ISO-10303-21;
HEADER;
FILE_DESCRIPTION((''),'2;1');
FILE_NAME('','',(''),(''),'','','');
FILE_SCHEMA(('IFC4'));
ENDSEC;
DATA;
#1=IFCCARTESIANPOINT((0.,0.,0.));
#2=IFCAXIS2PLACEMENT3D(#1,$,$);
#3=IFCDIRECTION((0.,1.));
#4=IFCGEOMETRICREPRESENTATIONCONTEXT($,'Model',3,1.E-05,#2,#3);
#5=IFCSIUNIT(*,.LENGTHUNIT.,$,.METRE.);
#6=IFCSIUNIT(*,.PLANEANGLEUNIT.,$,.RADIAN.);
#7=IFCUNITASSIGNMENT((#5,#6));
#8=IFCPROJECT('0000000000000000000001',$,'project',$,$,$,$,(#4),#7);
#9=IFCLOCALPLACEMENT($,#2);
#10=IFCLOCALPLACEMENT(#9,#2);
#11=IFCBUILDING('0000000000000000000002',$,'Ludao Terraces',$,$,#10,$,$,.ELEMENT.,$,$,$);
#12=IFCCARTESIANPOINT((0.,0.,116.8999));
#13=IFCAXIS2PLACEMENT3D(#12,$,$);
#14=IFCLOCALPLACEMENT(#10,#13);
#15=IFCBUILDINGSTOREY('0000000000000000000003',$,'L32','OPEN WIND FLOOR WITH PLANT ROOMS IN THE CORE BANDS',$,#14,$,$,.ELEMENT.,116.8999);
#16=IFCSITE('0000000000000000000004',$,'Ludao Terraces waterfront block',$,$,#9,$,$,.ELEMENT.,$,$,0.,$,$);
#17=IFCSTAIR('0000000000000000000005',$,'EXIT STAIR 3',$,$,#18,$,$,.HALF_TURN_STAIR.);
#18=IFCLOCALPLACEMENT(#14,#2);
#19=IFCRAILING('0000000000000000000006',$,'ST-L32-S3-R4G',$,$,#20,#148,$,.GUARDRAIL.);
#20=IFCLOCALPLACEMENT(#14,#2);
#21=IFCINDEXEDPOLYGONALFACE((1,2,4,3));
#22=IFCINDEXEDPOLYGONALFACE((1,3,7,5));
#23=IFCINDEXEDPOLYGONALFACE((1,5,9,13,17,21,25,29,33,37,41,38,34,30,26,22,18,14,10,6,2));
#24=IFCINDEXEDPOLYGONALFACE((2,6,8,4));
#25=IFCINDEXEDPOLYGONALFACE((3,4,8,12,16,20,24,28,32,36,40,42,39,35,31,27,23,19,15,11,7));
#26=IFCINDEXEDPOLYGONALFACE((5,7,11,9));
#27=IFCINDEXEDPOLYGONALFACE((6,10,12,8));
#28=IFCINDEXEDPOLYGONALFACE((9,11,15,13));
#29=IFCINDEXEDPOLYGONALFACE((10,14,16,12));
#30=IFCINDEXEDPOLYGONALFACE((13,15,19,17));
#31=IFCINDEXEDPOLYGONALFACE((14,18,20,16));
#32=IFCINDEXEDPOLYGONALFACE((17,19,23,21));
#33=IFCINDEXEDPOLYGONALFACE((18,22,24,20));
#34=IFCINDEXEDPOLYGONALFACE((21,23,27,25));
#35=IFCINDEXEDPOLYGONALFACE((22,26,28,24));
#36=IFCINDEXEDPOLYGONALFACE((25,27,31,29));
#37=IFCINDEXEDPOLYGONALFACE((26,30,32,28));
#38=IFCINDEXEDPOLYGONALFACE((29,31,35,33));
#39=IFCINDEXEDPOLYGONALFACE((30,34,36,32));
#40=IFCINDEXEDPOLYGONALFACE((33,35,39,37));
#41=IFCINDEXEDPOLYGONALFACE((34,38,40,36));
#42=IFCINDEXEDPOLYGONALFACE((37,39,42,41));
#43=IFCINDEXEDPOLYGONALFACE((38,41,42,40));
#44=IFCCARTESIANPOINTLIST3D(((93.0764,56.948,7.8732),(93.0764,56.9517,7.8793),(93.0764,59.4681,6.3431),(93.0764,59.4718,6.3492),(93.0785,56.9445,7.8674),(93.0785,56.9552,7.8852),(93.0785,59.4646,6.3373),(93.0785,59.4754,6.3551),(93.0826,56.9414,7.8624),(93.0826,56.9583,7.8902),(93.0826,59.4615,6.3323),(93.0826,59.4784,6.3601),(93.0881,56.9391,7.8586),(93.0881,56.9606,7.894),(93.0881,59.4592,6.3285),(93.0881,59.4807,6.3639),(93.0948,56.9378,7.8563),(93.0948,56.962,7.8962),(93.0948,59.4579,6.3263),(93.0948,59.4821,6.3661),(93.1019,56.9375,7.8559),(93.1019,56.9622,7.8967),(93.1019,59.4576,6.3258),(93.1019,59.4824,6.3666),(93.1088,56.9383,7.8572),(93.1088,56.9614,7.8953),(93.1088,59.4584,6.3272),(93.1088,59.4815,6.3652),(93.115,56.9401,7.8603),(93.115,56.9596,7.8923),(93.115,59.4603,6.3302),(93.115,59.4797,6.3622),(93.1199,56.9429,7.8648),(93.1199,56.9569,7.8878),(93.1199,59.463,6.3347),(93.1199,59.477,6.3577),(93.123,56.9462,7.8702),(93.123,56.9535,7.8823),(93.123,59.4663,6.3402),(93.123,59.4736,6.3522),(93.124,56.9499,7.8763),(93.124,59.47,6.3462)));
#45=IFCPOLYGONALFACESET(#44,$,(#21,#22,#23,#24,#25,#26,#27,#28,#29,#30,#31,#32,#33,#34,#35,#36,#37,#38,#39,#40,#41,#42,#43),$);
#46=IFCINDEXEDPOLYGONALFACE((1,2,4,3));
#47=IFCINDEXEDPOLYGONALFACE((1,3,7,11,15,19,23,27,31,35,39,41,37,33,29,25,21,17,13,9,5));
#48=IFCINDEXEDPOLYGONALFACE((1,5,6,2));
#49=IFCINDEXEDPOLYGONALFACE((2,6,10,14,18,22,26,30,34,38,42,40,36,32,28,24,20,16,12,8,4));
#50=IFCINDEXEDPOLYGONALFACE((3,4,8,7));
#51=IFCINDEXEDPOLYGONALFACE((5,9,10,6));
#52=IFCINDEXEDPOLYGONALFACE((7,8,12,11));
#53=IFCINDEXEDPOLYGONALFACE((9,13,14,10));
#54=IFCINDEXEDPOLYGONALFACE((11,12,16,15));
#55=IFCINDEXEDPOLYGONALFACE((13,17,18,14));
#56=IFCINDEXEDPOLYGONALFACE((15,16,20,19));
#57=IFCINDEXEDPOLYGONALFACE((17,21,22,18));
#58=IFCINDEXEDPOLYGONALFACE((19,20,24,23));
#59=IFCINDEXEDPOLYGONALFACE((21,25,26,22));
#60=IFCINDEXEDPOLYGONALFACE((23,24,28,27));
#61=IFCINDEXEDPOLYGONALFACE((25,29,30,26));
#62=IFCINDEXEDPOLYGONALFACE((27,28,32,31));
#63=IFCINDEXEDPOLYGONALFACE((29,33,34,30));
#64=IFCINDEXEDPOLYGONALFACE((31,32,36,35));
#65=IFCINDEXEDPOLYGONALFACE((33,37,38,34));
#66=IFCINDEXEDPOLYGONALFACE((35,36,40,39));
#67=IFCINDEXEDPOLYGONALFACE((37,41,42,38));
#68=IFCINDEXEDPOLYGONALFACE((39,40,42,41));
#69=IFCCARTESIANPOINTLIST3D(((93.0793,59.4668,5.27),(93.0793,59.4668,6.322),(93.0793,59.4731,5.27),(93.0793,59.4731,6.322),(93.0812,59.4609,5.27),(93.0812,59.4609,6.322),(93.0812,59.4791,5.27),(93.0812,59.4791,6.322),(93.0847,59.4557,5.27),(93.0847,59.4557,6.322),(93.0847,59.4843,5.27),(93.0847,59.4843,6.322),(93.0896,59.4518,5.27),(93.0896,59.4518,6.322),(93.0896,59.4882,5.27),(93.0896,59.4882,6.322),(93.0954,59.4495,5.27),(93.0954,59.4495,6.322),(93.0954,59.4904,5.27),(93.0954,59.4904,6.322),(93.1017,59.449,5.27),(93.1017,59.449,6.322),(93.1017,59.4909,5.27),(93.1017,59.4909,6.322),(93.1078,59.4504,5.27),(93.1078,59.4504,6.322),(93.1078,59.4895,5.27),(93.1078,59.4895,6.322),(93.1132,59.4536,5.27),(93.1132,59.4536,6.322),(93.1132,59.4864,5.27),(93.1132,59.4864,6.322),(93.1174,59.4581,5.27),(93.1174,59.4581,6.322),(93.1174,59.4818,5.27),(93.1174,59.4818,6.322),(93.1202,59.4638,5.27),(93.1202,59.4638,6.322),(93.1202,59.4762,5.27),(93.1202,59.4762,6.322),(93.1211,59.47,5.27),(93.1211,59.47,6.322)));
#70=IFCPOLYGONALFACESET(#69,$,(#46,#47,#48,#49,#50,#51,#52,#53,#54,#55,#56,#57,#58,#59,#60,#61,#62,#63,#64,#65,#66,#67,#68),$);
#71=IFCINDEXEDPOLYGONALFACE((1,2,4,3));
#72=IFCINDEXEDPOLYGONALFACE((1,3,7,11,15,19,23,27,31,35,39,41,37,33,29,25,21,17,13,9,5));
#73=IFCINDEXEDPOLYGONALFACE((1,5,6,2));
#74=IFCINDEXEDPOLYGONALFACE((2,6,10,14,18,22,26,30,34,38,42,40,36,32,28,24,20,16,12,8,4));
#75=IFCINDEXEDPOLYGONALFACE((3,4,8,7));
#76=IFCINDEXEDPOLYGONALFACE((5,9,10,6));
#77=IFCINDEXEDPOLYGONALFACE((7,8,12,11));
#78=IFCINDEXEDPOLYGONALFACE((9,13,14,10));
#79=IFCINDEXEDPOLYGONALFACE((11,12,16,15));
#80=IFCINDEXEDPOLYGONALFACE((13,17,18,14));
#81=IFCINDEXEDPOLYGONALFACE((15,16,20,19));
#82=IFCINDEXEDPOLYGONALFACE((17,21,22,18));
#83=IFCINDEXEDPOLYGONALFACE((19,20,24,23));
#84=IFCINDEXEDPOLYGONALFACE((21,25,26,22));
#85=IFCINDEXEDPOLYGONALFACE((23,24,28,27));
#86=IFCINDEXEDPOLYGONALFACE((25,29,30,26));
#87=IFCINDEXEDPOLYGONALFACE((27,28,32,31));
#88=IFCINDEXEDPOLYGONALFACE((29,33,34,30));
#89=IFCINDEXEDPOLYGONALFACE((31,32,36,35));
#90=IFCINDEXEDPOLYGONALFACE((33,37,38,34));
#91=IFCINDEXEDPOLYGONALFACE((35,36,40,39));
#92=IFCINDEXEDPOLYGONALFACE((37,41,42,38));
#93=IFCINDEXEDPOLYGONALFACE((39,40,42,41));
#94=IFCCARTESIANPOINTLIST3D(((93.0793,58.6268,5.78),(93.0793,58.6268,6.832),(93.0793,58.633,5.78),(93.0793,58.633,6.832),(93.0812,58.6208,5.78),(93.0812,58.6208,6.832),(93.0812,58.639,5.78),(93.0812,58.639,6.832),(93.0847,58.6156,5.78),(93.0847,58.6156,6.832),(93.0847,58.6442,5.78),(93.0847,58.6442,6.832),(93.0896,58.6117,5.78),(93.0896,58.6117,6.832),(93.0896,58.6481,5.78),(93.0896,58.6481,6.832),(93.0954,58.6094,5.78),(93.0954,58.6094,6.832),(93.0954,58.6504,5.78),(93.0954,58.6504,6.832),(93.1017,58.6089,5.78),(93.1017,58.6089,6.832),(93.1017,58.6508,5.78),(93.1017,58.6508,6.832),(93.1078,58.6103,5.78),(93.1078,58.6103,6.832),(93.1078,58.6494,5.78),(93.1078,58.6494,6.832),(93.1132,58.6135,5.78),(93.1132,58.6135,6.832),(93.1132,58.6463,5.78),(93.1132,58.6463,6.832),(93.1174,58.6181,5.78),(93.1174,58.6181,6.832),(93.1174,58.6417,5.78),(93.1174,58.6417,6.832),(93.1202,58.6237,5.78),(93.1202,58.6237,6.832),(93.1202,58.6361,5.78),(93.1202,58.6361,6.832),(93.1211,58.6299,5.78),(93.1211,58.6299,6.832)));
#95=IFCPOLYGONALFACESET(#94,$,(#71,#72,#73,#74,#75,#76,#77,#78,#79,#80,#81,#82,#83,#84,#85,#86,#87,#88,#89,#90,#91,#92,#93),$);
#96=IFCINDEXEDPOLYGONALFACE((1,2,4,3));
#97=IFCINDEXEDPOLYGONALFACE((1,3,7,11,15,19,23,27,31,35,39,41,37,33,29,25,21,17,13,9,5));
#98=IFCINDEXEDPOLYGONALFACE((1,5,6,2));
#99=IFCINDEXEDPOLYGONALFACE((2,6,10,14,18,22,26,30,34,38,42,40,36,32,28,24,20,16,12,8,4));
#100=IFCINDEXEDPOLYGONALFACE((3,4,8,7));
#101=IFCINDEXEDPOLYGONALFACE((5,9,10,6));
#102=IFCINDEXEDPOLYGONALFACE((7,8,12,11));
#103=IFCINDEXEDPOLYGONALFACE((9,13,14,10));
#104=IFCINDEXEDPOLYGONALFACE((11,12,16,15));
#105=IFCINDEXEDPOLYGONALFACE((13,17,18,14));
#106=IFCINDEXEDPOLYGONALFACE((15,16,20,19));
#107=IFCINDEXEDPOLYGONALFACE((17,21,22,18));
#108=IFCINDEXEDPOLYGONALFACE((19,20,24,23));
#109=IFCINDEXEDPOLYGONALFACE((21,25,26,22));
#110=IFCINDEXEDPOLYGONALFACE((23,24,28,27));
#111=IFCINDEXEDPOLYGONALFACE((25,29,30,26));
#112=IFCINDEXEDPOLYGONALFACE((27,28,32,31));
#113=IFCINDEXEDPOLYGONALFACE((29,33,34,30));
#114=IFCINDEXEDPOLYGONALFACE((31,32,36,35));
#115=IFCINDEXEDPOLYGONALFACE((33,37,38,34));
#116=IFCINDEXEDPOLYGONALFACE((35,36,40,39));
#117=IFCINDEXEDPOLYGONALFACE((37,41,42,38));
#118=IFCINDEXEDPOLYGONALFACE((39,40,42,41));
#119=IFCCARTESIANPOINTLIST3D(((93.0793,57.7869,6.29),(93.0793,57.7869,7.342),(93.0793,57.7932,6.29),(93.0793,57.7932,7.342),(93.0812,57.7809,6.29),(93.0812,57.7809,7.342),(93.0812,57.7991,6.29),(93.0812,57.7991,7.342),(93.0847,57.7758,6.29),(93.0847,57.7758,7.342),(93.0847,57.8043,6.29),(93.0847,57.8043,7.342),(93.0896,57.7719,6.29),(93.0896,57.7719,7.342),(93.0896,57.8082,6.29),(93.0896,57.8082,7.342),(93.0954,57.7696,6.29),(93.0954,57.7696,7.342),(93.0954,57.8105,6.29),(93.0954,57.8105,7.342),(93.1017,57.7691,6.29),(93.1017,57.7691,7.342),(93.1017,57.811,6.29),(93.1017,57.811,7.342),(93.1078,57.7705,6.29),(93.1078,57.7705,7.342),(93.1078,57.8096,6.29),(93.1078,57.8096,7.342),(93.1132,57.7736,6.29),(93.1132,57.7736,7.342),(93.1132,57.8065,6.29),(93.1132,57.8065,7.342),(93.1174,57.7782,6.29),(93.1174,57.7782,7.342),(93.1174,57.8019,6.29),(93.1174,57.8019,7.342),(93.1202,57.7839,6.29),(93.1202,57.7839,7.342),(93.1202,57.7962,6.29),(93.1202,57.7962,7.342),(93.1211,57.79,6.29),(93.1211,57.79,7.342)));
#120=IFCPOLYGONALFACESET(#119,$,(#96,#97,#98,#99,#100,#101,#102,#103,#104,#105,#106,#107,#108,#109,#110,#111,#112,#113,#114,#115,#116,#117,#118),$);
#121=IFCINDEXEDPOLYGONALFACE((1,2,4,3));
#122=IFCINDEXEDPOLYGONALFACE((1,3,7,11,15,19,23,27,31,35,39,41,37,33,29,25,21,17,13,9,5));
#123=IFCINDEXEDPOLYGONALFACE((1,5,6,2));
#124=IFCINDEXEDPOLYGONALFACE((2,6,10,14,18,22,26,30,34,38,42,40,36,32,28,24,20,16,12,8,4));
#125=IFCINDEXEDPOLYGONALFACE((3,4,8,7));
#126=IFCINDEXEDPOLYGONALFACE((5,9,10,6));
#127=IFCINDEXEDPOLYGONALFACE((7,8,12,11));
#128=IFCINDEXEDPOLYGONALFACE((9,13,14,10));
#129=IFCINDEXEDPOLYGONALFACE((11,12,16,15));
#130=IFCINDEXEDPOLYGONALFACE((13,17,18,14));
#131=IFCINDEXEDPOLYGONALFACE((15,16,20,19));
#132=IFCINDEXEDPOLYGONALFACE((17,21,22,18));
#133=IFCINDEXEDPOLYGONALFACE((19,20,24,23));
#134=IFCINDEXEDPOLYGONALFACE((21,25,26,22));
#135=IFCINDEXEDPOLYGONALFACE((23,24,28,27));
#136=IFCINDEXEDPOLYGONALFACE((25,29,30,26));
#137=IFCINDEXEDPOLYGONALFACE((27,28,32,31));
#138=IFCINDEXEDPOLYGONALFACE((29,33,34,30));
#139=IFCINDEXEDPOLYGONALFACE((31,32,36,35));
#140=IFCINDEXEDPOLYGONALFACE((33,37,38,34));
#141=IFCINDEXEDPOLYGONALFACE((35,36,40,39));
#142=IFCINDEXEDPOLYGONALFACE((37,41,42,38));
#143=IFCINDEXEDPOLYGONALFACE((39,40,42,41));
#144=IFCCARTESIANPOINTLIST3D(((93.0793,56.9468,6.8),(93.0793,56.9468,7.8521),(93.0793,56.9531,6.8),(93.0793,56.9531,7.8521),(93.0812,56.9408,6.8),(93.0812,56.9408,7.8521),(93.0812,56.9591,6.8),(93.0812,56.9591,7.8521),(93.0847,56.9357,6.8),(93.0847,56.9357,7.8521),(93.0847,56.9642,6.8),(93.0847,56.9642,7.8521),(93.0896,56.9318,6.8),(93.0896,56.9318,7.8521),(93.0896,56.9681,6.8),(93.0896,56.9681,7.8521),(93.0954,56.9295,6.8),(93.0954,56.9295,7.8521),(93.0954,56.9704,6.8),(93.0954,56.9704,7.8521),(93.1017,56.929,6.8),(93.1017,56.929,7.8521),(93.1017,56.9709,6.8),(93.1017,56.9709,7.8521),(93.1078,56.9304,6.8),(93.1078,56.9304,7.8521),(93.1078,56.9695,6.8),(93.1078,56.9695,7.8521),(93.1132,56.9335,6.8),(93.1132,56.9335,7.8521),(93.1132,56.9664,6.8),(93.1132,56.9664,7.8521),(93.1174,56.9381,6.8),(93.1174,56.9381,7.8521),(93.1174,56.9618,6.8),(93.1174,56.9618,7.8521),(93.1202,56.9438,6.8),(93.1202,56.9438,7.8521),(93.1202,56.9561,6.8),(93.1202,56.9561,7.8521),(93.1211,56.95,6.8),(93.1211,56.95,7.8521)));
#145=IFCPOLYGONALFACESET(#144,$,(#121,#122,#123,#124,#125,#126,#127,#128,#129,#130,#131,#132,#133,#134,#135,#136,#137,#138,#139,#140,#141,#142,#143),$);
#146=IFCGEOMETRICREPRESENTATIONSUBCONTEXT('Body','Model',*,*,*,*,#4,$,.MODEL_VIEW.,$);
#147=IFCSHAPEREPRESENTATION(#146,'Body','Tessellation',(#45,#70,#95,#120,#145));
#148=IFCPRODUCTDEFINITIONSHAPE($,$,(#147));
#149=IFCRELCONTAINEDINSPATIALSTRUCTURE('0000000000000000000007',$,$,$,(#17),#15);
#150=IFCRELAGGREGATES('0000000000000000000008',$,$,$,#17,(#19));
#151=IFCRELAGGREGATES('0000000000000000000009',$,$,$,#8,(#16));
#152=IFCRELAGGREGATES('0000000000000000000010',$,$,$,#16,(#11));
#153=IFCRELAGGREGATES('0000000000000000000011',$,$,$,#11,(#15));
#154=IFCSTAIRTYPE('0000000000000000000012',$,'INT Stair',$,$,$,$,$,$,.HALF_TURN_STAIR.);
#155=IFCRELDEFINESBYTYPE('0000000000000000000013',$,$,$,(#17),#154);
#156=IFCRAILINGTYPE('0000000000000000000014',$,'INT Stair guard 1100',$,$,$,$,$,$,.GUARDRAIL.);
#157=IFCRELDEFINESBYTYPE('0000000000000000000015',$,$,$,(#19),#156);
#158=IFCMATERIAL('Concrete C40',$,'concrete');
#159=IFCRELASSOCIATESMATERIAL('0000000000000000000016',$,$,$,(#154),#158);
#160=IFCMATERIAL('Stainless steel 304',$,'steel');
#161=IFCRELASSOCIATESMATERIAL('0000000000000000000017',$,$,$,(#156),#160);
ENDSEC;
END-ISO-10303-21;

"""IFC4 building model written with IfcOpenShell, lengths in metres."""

from ifc_helpers import new_model, si_unit, direction, frame, origin, origin_2d, place, context, subcontext, project, spatial, circle, extrude, material, type_object, element, aggregate, save


model = new_model("IFC4")

# Units and contexts
model_context = context("Model", 3, precision=1e-05, world=origin(), true_north=direction((0.0, 1.0)))
body_context = subcontext(model_context, "Body", "Model", "MODEL_VIEW")
ifc_project = project(units=[si_unit("LENGTHUNIT", "METRE"), si_unit("PLANEANGLEUNIT", "RADIAN")], contexts=[model_context])

# Site, building, storey
site_placement = place(None, origin())
site = spatial("IfcSite", under=ifc_project, at=site_placement, Name="Ludao Terraces waterfront block", CompositionType="ELEMENT", RefElevation=0.0)
building_placement = place(site_placement, origin())
building = spatial("IfcBuilding", under=site, at=building_placement, Name="Ludao Terraces", CompositionType="ELEMENT")
storey_placement = place(building_placement, frame((0.0, 0.0, 116.8999)))
storey = spatial("IfcBuildingStorey", under=building, at=storey_placement, Name="L32", Description="OPEN WIND FLOOR WITH PLANT ROOMS IN THE CORE BANDS", CompositionType="ELEMENT", Elevation=116.8999)

# Stair, railing
ifc_material_1 = material(Name="Concrete C40", Category="concrete")
stair_type = type_object("IfcStairType", Name="INT Stair", PredefinedType="HALF_TURN_STAIR", material=ifc_material_1)
stair_placement = place(storey_placement, origin())
stair = element("IfcStair", 1, at=stair_placement, inside=storey, type_object=stair_type, Name="EXIT STAIR 3", PredefinedType="HALF_TURN_STAIR")
ifc_material_2 = material(Name="Stainless steel 304", Category="steel")
railing_type_1 = type_object("IfcRailingType", Name="INT Stair guard 1100", PredefinedType="GUARDRAIL", material=ifc_material_2)
railing_1_placement = place(storey_placement, frame((93.1001, 59.47, 5.27)))
railing_1 = element("IfcRailing", 2, at=railing_1_placement, type_object=railing_type_1, Name="ST-L32-S3-R4G", PredefinedType="GUARDRAIL", context=body_context, shape_type="SweptSolid", body=[
    extrude(circle(Radius=0.0239, at=origin_2d()), frame((0.0, 0.0, 1.0762), z_axis=(0.0, -0.854785, 0.518982), x_axis=(1.0, 0.0, 0.0)), (0.0, 0.0, 1.0), 2.9482),
    extrude(circle(Radius=0.021, at=origin_2d()), origin(), (0.0, 0.0, 1.0), 1.052),
    extrude(circle(Radius=0.021, at=origin_2d()), frame((0.0, -0.8401, 0.51)), (0.0, 0.0, 1.0), 1.052),
    extrude(circle(Radius=0.021, at=origin_2d()), frame((0.0, -1.6799, 1.02)), (0.0, 0.0, 1.0), 1.052),
    extrude(circle(Radius=0.021, at=origin_2d()), frame((0.0, -2.52, 1.53)), (0.0, 0.0, 1.0), 1.052),
])
aggregate(stair, [railing_1])

save(model, "model.ifc")
